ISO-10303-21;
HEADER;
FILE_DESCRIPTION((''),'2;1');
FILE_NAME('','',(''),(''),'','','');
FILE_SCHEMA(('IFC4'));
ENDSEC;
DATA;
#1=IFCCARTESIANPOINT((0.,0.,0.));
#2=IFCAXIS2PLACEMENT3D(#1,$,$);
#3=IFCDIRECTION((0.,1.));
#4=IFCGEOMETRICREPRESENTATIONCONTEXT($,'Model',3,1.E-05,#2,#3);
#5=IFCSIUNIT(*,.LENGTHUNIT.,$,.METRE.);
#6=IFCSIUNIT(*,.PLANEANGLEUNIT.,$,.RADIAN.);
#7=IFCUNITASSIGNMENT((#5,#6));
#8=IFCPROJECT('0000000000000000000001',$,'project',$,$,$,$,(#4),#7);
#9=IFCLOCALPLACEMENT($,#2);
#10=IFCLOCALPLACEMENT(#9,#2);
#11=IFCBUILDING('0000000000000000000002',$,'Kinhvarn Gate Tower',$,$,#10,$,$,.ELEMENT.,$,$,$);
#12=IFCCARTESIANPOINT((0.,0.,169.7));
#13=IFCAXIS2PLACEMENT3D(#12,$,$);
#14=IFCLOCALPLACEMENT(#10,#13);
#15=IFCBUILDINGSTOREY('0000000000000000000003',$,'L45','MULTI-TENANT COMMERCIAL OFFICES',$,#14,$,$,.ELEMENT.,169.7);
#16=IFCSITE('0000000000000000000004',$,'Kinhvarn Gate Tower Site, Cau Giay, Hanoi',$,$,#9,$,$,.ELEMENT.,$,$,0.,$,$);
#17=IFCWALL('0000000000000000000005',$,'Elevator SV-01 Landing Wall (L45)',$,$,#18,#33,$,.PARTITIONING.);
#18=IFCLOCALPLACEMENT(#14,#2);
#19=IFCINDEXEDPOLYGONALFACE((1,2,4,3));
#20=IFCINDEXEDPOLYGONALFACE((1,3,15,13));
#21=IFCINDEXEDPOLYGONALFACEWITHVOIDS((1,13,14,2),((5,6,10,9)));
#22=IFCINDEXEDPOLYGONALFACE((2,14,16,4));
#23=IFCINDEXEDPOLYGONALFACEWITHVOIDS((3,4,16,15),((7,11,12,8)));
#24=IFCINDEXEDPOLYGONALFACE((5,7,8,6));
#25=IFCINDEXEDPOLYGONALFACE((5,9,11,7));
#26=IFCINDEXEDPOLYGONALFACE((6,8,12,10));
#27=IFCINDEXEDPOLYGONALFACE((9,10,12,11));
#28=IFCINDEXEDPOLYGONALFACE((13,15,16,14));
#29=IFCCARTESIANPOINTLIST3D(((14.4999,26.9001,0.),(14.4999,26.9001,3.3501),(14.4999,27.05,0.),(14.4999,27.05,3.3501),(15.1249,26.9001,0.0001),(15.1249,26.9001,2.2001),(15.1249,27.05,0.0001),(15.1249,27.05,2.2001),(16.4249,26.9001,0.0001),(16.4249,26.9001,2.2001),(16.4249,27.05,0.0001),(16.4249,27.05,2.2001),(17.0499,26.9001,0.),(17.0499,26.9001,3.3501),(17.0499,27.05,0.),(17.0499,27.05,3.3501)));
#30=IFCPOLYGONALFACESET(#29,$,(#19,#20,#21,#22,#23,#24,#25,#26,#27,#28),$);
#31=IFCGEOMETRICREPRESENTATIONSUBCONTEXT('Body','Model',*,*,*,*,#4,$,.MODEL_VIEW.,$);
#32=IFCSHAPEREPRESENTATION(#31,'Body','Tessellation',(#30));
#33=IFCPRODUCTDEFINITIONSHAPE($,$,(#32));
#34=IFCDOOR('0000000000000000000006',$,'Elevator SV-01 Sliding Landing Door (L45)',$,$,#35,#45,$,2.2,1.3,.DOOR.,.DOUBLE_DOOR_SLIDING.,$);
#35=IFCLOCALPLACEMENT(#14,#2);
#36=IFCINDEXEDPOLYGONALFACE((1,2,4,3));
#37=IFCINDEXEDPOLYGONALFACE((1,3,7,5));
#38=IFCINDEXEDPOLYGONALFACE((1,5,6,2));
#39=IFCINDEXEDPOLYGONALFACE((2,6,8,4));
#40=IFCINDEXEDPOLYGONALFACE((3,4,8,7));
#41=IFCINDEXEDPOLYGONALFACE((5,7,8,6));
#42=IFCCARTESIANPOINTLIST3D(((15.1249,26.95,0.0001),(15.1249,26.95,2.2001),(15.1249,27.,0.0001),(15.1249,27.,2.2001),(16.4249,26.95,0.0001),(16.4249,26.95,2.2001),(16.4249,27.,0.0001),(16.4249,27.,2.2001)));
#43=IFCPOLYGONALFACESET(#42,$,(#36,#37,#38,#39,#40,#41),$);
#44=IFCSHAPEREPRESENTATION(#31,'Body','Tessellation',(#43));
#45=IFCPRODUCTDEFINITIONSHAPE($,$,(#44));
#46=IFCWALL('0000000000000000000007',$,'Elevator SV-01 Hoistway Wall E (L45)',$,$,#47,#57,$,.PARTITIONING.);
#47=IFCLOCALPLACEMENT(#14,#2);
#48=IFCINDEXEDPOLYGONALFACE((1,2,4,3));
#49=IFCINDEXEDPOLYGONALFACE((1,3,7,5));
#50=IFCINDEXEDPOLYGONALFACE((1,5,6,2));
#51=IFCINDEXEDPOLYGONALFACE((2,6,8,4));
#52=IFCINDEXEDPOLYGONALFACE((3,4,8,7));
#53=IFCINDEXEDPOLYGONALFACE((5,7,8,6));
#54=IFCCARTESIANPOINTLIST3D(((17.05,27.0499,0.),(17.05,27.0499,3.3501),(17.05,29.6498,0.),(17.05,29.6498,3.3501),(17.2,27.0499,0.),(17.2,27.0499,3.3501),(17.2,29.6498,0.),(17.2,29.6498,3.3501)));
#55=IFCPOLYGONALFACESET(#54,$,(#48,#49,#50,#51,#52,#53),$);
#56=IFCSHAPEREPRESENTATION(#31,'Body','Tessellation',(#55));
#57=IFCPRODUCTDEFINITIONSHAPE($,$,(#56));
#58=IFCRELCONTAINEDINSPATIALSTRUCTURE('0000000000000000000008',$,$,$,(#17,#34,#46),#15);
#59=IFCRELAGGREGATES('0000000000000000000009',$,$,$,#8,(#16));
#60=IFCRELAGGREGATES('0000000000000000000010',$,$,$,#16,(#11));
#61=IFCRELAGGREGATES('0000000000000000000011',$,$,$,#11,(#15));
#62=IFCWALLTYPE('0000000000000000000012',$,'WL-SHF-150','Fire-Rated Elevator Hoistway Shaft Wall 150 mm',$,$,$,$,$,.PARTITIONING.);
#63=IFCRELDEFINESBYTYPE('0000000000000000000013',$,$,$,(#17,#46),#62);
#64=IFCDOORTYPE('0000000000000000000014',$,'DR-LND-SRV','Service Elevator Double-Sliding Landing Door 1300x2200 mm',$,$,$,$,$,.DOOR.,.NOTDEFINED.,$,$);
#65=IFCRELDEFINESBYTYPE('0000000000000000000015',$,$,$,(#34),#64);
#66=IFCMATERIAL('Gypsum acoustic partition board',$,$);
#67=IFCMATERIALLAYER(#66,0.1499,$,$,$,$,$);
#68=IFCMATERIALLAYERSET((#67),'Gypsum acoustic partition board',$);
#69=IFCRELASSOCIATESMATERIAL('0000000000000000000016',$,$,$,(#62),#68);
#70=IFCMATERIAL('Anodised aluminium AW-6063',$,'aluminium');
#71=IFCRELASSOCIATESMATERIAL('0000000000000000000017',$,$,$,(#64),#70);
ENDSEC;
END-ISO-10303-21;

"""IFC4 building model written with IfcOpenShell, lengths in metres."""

from ifc_helpers import new_model, si_unit, direction, frame, frame_2d, origin, place, context, subcontext, project, spatial, rectangle, extrude, material, layer, layer_set, type_object, element, fill, save


model = new_model("IFC4")

# Units and contexts
model_context = context("Model", 3, precision=1e-05, world=origin(), true_north=direction((0.0, 1.0)))
body_context = subcontext(model_context, "Body", "Model", "MODEL_VIEW")
ifc_project = project(units=[si_unit("LENGTHUNIT", "METRE"), si_unit("PLANEANGLEUNIT", "RADIAN")], contexts=[model_context])

# Site, building, storey
site_placement = place(None, origin())
site = spatial("IfcSite", under=ifc_project, at=site_placement, Name="Kinhvarn Gate Tower Site, Cau Giay, Hanoi", CompositionType="ELEMENT", RefElevation=0.0)
building_placement = place(site_placement, origin())
building = spatial("IfcBuilding", under=site, at=building_placement, Name="Kinhvarn Gate Tower", CompositionType="ELEMENT")
storey_placement = place(building_placement, frame((0.0, 0.0, 169.7)))
storey = spatial("IfcBuildingStorey", under=building, at=storey_placement, Name="L45", Description="MULTI-TENANT COMMERCIAL OFFICES", CompositionType="ELEMENT", Elevation=169.7)

# Shared definitions
ifc_material_1 = material(Name="Anodised aluminium AW-6063", Category="aluminium")

# Shared definitions
ifc_material_2 = material(Name="Gypsum acoustic partition board")

# Shared definitions
ifc_layer_1 = layer(ifc_material_2, 0.1499)
ifc_layer_set_1 = layer_set([ifc_layer_1], Name="Gypsum acoustic partition board")
wall_type_1 = type_object("IfcWallType", Name="WL-SHF-150", Description="Fire-Rated Elevator Hoistway Shaft Wall 150 mm", PredefinedType="PARTITIONING", material=ifc_layer_set_1)

# Wall, opening, door
wall_1_placement = place(storey_placement, frame((14.5, 26.9751, 0.0), z_axis=(0.0, 0.0, 1.0), x_axis=(1.0, 0.0, 0.0)))
wall_1 = element("IfcWall", 1, at=wall_1_placement, inside=storey, type_object=wall_type_1, Name="Elevator SV-01 Landing Wall (L45)", PredefinedType="PARTITIONING", context=body_context, shape_type="SweptSolid", body=[
    extrude(rectangle(XDim=2.55, YDim=0.1499, at=frame_2d((1.2749, 0.0))), origin(), (0.0, 0.0, 1.0), 3.3501),
])
opening_1_placement = place(wall_1_placement, frame((0.625, 0.0, 0.0)))
opening_1 = element("IfcOpeningElement", 2, at=opening_1_placement, cuts=wall_1, PredefinedType="OPENING", context=body_context, shape_type="SweptSolid", body=[
    extrude(rectangle(XDim=1.3, YDim=2.2, at=frame_2d((0.6499, 1.1001))), frame((0.0, 0.085, 0.0), z_axis=(0.0, -1.0, 0.0), x_axis=(1.0, 0.0, 0.0)), (0.0, 0.0, 1.0), 0.1699),
])
door_type_1 = type_object("IfcDoorType", Name="DR-LND-SRV", Description="Service Elevator Double-Sliding Landing Door 1300x2200 mm", OperationType="NOTDEFINED", PredefinedType="DOOR", material=ifc_material_1)
door_1_placement = place(opening_1_placement, origin())
door_1 = element("IfcDoor", 3, at=door_1_placement, inside=storey, type_object=door_type_1, Name="Elevator SV-01 Sliding Landing Door (L45)", OperationType="DOUBLE_DOOR_SLIDING", OverallHeight=2.2, OverallWidth=1.3, PredefinedType="DOOR", context=body_context, shape_type="SweptSolid", body=[
    extrude(rectangle(XDim=1.3, YDim=2.2, at=frame_2d((0.6499, 1.1001))), frame((0.0, 0.0249, 0.0), z_axis=(0.0, -1.0, 0.0), x_axis=(1.0, 0.0, 0.0)), (0.0, 0.0, 1.0), 0.05),
])
fill(opening_1, door_1)

# Wall
wall_2_placement = place(storey_placement, frame((17.125, 27.05, 0.0), z_axis=(0.0, 0.0, 1.0), x_axis=(0.0, 1.0, 0.0)))
element("IfcWall", 4, at=wall_2_placement, inside=storey, type_object=wall_type_1, Name="Elevator SV-01 Hoistway Wall E (L45)", PredefinedType="PARTITIONING", context=body_context, shape_type="SweptSolid", body=[
    extrude(rectangle(XDim=2.5999, YDim=0.1499, at=frame_2d((1.2998, 0.0))), origin(), (0.0, 0.0, 1.0), 3.3501),
])

save(model, "model.ifc")
